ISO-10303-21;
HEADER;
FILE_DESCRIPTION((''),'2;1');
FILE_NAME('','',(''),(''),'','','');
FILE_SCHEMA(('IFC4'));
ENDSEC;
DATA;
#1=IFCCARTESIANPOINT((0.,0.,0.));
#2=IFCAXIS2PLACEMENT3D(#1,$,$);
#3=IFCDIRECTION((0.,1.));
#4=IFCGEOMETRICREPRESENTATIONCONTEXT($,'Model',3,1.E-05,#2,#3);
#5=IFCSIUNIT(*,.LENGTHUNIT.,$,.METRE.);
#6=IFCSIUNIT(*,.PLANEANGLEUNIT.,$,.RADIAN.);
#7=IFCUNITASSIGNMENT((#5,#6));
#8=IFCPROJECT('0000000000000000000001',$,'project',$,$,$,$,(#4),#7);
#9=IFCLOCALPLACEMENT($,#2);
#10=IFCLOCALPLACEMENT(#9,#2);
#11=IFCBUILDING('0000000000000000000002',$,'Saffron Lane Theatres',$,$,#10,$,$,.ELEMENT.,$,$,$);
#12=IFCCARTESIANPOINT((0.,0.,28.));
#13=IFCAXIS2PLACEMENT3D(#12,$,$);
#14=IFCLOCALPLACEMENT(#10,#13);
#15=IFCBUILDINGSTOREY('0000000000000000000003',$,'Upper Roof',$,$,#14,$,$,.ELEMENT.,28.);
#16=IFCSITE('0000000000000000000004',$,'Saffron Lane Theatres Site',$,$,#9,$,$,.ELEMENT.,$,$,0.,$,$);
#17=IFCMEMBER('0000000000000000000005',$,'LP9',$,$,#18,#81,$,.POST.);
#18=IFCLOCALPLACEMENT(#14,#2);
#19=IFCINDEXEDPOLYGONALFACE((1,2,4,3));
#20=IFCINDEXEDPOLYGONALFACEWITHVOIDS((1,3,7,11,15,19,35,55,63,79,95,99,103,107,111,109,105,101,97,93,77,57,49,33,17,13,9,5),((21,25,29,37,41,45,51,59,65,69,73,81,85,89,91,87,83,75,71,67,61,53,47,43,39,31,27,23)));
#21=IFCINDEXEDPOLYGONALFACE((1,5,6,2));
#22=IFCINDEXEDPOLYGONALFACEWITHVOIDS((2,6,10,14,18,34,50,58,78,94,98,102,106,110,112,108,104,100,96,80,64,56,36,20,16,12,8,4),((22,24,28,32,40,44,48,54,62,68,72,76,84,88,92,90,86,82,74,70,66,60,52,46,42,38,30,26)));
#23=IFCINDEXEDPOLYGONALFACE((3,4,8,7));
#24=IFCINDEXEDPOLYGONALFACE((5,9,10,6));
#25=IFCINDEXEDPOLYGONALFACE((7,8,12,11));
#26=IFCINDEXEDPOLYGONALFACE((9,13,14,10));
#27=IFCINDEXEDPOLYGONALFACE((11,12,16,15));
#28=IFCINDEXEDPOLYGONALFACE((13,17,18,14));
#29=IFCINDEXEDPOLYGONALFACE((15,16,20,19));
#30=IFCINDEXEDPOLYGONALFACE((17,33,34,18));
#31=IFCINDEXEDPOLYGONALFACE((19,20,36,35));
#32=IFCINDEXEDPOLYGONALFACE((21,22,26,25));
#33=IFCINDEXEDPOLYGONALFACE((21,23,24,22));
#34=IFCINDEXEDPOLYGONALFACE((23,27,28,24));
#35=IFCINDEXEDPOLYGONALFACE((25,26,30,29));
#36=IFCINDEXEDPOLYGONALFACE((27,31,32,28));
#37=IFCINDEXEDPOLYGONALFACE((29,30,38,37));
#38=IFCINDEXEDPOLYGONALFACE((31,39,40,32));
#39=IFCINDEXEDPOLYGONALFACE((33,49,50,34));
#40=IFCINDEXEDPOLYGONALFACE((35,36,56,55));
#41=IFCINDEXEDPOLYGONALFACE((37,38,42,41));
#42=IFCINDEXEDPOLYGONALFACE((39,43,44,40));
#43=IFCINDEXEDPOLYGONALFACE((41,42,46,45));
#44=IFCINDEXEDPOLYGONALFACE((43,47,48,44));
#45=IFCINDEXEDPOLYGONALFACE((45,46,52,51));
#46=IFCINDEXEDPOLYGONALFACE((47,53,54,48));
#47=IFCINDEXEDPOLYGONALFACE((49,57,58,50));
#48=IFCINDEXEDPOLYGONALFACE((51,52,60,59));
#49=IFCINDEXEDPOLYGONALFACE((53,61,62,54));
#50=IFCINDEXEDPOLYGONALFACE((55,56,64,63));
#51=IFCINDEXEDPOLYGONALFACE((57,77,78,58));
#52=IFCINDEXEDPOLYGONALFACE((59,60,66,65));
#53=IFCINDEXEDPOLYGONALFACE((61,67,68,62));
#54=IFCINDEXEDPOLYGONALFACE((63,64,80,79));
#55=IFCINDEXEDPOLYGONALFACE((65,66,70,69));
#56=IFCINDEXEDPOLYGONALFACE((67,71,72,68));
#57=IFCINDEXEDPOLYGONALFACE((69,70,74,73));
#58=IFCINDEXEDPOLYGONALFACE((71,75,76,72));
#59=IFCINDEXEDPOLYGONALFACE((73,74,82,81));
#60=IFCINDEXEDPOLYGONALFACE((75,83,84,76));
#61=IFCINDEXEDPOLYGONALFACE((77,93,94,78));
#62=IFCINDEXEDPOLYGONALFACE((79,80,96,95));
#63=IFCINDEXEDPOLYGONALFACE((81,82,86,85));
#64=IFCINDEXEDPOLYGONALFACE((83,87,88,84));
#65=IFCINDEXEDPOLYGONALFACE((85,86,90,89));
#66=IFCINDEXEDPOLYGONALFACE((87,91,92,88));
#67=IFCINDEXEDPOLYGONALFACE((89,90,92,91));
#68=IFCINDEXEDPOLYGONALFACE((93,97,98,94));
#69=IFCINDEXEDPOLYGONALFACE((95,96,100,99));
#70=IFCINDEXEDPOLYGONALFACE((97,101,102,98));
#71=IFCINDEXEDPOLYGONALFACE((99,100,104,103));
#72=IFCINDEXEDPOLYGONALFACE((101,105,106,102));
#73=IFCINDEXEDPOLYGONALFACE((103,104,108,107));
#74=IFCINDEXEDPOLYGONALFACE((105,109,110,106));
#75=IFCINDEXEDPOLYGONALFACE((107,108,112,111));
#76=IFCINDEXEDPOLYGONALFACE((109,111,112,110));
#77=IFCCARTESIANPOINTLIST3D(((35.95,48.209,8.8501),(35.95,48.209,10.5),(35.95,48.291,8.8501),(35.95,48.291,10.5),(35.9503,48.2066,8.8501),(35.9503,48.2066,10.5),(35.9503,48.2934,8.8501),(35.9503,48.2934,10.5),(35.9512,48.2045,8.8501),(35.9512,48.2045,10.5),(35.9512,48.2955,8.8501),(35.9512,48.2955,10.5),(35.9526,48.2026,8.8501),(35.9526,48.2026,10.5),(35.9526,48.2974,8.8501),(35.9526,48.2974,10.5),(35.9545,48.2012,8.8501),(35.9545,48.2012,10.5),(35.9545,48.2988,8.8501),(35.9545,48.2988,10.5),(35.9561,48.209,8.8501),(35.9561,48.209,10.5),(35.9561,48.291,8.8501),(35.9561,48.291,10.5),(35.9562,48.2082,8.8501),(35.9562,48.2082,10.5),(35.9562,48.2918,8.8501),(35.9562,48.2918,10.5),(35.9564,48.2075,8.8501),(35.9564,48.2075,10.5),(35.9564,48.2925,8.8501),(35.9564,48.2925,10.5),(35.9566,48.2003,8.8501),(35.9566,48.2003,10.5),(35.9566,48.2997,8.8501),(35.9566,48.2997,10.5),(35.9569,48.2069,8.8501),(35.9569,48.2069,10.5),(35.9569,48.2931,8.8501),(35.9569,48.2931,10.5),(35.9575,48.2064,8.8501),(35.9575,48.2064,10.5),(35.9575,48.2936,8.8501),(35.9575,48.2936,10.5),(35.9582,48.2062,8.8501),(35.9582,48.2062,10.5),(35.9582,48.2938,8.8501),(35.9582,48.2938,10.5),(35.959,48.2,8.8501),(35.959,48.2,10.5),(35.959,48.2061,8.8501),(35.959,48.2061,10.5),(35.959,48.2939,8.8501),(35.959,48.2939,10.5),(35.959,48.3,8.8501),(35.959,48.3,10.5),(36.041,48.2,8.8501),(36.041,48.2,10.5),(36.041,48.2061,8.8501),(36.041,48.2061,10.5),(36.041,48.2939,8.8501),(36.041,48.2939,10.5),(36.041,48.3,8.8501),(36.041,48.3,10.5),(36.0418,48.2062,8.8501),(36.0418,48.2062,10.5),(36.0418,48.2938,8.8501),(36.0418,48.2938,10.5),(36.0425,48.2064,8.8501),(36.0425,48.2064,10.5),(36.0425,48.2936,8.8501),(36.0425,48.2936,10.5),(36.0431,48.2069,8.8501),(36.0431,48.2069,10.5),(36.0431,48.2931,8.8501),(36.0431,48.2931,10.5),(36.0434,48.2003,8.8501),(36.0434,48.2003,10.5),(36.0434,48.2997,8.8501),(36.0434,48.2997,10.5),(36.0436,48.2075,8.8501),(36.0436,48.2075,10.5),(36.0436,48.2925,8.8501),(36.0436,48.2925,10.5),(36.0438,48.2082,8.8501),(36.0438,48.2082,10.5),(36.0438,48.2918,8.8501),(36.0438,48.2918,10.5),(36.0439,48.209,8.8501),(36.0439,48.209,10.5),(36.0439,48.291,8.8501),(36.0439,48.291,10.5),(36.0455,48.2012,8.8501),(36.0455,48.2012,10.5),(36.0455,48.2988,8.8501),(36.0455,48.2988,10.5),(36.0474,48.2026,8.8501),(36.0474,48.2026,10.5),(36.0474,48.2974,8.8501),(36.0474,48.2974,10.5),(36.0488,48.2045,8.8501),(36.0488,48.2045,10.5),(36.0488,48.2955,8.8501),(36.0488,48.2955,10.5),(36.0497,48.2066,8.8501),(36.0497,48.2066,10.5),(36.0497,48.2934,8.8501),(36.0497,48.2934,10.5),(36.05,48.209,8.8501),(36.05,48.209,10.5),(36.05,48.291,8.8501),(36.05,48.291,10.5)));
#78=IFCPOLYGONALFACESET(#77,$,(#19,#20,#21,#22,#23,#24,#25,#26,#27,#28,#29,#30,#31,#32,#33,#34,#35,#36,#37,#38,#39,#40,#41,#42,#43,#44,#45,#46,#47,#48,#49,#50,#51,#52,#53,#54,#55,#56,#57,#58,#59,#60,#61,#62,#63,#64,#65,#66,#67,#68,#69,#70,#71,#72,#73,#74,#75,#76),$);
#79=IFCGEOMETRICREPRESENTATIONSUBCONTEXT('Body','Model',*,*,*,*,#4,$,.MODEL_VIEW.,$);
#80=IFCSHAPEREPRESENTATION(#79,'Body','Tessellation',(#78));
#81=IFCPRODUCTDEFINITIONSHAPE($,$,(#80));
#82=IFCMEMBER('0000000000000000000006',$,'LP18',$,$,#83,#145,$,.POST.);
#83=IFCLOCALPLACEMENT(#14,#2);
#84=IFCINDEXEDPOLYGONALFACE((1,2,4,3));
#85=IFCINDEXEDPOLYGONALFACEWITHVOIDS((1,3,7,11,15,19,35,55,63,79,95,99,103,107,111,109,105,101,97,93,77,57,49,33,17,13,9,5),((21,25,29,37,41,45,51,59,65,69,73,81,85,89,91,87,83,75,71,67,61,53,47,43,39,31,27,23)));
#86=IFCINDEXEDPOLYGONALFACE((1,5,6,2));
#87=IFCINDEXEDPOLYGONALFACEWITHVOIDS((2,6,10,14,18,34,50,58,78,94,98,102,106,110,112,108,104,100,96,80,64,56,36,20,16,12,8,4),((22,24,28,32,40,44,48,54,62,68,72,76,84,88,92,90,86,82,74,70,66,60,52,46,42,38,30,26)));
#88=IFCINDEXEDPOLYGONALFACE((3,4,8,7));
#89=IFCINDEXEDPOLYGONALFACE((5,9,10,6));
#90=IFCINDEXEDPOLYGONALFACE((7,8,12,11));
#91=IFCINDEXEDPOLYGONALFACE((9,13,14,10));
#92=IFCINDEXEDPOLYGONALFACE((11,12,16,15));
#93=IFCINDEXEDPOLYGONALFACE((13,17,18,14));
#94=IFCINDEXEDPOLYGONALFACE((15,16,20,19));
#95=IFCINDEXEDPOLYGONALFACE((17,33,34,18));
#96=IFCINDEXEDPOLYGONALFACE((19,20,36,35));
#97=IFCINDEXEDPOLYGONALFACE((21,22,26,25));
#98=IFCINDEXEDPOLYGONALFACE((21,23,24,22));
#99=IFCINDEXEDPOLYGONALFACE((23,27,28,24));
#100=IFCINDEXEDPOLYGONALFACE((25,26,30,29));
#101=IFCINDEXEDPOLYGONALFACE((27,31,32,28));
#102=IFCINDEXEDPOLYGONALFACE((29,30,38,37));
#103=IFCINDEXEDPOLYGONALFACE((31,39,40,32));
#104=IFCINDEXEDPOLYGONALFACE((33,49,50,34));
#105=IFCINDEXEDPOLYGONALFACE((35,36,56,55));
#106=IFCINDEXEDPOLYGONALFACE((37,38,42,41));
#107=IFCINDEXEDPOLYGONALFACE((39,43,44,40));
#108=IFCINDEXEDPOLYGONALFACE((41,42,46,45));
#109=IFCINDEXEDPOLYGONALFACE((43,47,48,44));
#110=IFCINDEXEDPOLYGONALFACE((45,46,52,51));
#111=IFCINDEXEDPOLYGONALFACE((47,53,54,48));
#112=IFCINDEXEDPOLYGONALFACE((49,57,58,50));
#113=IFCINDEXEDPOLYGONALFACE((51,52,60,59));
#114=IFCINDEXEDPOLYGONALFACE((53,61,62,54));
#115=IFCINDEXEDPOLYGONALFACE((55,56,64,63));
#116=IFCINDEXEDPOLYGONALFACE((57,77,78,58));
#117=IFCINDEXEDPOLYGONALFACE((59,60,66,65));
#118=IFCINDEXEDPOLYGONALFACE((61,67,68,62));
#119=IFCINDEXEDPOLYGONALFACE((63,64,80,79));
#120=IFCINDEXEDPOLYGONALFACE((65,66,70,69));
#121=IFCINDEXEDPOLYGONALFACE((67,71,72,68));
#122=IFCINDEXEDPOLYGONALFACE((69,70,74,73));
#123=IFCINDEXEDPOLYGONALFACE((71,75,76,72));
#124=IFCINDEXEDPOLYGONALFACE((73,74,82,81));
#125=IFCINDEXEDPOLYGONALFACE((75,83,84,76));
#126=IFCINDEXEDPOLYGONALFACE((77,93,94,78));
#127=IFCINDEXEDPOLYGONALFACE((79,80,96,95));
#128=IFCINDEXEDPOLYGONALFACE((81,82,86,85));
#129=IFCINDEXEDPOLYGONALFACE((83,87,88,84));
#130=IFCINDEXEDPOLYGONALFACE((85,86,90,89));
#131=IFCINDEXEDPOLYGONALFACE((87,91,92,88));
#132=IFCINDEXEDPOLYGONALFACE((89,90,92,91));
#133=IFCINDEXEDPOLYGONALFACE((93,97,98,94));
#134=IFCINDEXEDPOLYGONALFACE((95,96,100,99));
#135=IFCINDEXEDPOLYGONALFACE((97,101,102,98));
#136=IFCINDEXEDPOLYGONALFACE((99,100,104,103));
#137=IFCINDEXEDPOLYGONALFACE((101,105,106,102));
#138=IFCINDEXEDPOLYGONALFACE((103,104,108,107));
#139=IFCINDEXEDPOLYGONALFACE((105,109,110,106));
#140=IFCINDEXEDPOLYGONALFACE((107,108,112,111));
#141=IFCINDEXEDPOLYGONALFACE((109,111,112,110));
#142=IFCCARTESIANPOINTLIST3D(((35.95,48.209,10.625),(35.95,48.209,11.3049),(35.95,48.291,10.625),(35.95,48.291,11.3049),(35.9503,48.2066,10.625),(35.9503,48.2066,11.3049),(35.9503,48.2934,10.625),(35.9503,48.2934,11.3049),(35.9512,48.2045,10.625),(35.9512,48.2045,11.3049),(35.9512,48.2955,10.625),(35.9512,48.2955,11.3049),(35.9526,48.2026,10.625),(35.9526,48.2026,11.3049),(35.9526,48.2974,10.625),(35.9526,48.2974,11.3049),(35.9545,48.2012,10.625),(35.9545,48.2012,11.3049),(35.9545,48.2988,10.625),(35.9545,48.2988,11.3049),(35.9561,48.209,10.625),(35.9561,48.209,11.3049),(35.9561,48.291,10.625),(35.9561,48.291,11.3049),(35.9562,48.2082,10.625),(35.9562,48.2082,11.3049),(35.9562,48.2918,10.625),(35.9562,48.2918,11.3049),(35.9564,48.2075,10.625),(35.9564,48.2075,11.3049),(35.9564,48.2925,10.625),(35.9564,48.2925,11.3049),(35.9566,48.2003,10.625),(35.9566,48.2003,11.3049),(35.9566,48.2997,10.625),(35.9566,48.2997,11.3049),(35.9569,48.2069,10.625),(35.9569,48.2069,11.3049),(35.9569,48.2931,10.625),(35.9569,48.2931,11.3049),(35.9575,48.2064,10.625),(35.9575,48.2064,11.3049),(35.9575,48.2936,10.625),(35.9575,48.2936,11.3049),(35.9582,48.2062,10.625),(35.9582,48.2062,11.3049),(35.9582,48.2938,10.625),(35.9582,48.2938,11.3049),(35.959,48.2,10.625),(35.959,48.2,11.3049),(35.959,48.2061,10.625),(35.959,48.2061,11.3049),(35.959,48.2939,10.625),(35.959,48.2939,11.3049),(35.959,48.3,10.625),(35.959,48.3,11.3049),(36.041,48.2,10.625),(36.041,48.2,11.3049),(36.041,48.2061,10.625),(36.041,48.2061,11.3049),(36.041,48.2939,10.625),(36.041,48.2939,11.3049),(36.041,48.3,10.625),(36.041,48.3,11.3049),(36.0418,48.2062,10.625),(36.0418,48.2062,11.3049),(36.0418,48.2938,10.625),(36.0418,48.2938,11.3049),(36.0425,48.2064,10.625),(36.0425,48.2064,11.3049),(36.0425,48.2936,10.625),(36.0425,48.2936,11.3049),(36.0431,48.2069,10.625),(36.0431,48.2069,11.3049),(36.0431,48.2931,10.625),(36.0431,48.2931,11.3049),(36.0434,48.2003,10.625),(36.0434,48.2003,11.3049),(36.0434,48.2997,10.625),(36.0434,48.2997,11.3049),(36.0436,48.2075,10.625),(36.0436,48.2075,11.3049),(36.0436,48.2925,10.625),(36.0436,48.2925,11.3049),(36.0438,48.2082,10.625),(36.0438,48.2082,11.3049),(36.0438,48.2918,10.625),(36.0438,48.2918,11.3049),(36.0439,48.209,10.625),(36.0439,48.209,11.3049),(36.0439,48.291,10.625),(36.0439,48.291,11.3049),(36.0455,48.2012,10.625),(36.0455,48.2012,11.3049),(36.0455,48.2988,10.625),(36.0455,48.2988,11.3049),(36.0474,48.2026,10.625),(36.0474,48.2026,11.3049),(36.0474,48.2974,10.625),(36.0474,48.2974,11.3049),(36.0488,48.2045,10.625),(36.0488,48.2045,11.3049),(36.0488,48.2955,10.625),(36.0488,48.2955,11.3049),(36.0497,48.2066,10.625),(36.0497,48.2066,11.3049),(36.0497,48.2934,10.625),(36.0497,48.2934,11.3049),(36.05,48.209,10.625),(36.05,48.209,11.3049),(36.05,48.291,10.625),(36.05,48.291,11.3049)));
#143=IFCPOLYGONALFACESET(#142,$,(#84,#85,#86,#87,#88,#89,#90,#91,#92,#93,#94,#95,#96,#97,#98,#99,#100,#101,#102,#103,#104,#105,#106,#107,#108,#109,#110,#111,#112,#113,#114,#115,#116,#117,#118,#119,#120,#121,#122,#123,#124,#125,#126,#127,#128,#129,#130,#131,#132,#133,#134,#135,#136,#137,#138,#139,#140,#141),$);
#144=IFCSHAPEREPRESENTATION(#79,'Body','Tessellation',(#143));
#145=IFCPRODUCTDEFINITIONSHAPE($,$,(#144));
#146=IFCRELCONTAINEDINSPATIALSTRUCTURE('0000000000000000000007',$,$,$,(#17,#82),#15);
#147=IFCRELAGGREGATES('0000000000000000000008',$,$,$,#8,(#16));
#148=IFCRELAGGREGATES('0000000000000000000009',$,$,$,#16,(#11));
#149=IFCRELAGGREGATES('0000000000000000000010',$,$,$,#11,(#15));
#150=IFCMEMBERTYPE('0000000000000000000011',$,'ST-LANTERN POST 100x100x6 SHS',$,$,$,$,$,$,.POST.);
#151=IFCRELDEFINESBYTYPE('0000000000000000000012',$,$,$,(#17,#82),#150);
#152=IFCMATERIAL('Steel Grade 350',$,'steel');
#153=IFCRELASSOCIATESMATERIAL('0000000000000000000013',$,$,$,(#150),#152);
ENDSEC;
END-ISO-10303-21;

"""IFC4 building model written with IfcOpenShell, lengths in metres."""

from ifc_helpers import new_model, si_unit, direction, frame, origin, origin_2d, place, context, subcontext, project, spatial, hollow_rectangle, extrude, material, material_profile, profile_set, type_object, element, save


model = new_model("IFC4")

# Units and contexts
model_context = context("Model", 3, precision=1e-05, world=origin(), true_north=direction((0.0, 1.0)))
body_context = subcontext(model_context, "Body", "Model", "MODEL_VIEW")
ifc_project = project(units=[si_unit("LENGTHUNIT", "METRE"), si_unit("PLANEANGLEUNIT", "RADIAN")], contexts=[model_context])

# Site, building, storey
site_placement = place(None, origin())
site = spatial("IfcSite", under=ifc_project, at=site_placement, Name="Saffron Lane Theatres Site", CompositionType="ELEMENT", RefElevation=0.0)
building_placement = place(site_placement, origin())
building = spatial("IfcBuilding", under=site, at=building_placement, Name="Saffron Lane Theatres", CompositionType="ELEMENT")
storey_placement = place(building_placement, frame((0.0, 0.0, 28.0)))
storey = spatial("IfcBuildingStorey", under=building, at=storey_placement, Name="Upper Roof", CompositionType="ELEMENT", Elevation=28.0)

# Members
ifc_material_1 = material(Name="Steel Grade 350", Category="steel")
ifc_material_profile_1 = material_profile(ifc_material_1, hollow_rectangle(XDim=0.1001, YDim=0.1001, WallThickness=0.0061, InnerFilletRadius=0.0029, OuterFilletRadius=0.009, at=origin_2d()))
ifc_profile_set_1 = profile_set([ifc_material_profile_1], Name="Steel Grade 350")
member_type_1 = type_object("IfcMemberType", Name="ST-LANTERN POST 100x100x6 SHS", PredefinedType="POST", material=ifc_profile_set_1)
member_1_placement = place(storey_placement, frame((36.0, 48.25, 8.8501), z_axis=(0.0, 0.0, 1.0), x_axis=(1.0, 0.0, 0.0)))
element("IfcMember", 1, at=member_1_placement, inside=storey, type_object=member_type_1, Name="LP9", PredefinedType="POST", context=body_context, shape_type="SweptSolid", body=[
    extrude(hollow_rectangle(XDim=0.1001, YDim=0.1001, WallThickness=0.0061, InnerFilletRadius=0.0029, OuterFilletRadius=0.009, at=origin_2d()), origin(), (0.0, 0.0, 1.0), 1.6499),
])
member_2_placement = place(storey_placement, frame((36.0, 48.25, 10.625), z_axis=(0.0, 0.0, 1.0), x_axis=(1.0, 0.0, 0.0)))
element("IfcMember", 2, at=member_2_placement, inside=storey, type_object=member_type_1, Name="LP18", PredefinedType="POST", context=body_context, shape_type="SweptSolid", body=[
    extrude(hollow_rectangle(XDim=0.1001, YDim=0.1001, WallThickness=0.0061, InnerFilletRadius=0.0029, OuterFilletRadius=0.009, at=origin_2d()), origin(), (0.0, 0.0, 1.0), 0.6799),
])

save(model, "model.ifc")
